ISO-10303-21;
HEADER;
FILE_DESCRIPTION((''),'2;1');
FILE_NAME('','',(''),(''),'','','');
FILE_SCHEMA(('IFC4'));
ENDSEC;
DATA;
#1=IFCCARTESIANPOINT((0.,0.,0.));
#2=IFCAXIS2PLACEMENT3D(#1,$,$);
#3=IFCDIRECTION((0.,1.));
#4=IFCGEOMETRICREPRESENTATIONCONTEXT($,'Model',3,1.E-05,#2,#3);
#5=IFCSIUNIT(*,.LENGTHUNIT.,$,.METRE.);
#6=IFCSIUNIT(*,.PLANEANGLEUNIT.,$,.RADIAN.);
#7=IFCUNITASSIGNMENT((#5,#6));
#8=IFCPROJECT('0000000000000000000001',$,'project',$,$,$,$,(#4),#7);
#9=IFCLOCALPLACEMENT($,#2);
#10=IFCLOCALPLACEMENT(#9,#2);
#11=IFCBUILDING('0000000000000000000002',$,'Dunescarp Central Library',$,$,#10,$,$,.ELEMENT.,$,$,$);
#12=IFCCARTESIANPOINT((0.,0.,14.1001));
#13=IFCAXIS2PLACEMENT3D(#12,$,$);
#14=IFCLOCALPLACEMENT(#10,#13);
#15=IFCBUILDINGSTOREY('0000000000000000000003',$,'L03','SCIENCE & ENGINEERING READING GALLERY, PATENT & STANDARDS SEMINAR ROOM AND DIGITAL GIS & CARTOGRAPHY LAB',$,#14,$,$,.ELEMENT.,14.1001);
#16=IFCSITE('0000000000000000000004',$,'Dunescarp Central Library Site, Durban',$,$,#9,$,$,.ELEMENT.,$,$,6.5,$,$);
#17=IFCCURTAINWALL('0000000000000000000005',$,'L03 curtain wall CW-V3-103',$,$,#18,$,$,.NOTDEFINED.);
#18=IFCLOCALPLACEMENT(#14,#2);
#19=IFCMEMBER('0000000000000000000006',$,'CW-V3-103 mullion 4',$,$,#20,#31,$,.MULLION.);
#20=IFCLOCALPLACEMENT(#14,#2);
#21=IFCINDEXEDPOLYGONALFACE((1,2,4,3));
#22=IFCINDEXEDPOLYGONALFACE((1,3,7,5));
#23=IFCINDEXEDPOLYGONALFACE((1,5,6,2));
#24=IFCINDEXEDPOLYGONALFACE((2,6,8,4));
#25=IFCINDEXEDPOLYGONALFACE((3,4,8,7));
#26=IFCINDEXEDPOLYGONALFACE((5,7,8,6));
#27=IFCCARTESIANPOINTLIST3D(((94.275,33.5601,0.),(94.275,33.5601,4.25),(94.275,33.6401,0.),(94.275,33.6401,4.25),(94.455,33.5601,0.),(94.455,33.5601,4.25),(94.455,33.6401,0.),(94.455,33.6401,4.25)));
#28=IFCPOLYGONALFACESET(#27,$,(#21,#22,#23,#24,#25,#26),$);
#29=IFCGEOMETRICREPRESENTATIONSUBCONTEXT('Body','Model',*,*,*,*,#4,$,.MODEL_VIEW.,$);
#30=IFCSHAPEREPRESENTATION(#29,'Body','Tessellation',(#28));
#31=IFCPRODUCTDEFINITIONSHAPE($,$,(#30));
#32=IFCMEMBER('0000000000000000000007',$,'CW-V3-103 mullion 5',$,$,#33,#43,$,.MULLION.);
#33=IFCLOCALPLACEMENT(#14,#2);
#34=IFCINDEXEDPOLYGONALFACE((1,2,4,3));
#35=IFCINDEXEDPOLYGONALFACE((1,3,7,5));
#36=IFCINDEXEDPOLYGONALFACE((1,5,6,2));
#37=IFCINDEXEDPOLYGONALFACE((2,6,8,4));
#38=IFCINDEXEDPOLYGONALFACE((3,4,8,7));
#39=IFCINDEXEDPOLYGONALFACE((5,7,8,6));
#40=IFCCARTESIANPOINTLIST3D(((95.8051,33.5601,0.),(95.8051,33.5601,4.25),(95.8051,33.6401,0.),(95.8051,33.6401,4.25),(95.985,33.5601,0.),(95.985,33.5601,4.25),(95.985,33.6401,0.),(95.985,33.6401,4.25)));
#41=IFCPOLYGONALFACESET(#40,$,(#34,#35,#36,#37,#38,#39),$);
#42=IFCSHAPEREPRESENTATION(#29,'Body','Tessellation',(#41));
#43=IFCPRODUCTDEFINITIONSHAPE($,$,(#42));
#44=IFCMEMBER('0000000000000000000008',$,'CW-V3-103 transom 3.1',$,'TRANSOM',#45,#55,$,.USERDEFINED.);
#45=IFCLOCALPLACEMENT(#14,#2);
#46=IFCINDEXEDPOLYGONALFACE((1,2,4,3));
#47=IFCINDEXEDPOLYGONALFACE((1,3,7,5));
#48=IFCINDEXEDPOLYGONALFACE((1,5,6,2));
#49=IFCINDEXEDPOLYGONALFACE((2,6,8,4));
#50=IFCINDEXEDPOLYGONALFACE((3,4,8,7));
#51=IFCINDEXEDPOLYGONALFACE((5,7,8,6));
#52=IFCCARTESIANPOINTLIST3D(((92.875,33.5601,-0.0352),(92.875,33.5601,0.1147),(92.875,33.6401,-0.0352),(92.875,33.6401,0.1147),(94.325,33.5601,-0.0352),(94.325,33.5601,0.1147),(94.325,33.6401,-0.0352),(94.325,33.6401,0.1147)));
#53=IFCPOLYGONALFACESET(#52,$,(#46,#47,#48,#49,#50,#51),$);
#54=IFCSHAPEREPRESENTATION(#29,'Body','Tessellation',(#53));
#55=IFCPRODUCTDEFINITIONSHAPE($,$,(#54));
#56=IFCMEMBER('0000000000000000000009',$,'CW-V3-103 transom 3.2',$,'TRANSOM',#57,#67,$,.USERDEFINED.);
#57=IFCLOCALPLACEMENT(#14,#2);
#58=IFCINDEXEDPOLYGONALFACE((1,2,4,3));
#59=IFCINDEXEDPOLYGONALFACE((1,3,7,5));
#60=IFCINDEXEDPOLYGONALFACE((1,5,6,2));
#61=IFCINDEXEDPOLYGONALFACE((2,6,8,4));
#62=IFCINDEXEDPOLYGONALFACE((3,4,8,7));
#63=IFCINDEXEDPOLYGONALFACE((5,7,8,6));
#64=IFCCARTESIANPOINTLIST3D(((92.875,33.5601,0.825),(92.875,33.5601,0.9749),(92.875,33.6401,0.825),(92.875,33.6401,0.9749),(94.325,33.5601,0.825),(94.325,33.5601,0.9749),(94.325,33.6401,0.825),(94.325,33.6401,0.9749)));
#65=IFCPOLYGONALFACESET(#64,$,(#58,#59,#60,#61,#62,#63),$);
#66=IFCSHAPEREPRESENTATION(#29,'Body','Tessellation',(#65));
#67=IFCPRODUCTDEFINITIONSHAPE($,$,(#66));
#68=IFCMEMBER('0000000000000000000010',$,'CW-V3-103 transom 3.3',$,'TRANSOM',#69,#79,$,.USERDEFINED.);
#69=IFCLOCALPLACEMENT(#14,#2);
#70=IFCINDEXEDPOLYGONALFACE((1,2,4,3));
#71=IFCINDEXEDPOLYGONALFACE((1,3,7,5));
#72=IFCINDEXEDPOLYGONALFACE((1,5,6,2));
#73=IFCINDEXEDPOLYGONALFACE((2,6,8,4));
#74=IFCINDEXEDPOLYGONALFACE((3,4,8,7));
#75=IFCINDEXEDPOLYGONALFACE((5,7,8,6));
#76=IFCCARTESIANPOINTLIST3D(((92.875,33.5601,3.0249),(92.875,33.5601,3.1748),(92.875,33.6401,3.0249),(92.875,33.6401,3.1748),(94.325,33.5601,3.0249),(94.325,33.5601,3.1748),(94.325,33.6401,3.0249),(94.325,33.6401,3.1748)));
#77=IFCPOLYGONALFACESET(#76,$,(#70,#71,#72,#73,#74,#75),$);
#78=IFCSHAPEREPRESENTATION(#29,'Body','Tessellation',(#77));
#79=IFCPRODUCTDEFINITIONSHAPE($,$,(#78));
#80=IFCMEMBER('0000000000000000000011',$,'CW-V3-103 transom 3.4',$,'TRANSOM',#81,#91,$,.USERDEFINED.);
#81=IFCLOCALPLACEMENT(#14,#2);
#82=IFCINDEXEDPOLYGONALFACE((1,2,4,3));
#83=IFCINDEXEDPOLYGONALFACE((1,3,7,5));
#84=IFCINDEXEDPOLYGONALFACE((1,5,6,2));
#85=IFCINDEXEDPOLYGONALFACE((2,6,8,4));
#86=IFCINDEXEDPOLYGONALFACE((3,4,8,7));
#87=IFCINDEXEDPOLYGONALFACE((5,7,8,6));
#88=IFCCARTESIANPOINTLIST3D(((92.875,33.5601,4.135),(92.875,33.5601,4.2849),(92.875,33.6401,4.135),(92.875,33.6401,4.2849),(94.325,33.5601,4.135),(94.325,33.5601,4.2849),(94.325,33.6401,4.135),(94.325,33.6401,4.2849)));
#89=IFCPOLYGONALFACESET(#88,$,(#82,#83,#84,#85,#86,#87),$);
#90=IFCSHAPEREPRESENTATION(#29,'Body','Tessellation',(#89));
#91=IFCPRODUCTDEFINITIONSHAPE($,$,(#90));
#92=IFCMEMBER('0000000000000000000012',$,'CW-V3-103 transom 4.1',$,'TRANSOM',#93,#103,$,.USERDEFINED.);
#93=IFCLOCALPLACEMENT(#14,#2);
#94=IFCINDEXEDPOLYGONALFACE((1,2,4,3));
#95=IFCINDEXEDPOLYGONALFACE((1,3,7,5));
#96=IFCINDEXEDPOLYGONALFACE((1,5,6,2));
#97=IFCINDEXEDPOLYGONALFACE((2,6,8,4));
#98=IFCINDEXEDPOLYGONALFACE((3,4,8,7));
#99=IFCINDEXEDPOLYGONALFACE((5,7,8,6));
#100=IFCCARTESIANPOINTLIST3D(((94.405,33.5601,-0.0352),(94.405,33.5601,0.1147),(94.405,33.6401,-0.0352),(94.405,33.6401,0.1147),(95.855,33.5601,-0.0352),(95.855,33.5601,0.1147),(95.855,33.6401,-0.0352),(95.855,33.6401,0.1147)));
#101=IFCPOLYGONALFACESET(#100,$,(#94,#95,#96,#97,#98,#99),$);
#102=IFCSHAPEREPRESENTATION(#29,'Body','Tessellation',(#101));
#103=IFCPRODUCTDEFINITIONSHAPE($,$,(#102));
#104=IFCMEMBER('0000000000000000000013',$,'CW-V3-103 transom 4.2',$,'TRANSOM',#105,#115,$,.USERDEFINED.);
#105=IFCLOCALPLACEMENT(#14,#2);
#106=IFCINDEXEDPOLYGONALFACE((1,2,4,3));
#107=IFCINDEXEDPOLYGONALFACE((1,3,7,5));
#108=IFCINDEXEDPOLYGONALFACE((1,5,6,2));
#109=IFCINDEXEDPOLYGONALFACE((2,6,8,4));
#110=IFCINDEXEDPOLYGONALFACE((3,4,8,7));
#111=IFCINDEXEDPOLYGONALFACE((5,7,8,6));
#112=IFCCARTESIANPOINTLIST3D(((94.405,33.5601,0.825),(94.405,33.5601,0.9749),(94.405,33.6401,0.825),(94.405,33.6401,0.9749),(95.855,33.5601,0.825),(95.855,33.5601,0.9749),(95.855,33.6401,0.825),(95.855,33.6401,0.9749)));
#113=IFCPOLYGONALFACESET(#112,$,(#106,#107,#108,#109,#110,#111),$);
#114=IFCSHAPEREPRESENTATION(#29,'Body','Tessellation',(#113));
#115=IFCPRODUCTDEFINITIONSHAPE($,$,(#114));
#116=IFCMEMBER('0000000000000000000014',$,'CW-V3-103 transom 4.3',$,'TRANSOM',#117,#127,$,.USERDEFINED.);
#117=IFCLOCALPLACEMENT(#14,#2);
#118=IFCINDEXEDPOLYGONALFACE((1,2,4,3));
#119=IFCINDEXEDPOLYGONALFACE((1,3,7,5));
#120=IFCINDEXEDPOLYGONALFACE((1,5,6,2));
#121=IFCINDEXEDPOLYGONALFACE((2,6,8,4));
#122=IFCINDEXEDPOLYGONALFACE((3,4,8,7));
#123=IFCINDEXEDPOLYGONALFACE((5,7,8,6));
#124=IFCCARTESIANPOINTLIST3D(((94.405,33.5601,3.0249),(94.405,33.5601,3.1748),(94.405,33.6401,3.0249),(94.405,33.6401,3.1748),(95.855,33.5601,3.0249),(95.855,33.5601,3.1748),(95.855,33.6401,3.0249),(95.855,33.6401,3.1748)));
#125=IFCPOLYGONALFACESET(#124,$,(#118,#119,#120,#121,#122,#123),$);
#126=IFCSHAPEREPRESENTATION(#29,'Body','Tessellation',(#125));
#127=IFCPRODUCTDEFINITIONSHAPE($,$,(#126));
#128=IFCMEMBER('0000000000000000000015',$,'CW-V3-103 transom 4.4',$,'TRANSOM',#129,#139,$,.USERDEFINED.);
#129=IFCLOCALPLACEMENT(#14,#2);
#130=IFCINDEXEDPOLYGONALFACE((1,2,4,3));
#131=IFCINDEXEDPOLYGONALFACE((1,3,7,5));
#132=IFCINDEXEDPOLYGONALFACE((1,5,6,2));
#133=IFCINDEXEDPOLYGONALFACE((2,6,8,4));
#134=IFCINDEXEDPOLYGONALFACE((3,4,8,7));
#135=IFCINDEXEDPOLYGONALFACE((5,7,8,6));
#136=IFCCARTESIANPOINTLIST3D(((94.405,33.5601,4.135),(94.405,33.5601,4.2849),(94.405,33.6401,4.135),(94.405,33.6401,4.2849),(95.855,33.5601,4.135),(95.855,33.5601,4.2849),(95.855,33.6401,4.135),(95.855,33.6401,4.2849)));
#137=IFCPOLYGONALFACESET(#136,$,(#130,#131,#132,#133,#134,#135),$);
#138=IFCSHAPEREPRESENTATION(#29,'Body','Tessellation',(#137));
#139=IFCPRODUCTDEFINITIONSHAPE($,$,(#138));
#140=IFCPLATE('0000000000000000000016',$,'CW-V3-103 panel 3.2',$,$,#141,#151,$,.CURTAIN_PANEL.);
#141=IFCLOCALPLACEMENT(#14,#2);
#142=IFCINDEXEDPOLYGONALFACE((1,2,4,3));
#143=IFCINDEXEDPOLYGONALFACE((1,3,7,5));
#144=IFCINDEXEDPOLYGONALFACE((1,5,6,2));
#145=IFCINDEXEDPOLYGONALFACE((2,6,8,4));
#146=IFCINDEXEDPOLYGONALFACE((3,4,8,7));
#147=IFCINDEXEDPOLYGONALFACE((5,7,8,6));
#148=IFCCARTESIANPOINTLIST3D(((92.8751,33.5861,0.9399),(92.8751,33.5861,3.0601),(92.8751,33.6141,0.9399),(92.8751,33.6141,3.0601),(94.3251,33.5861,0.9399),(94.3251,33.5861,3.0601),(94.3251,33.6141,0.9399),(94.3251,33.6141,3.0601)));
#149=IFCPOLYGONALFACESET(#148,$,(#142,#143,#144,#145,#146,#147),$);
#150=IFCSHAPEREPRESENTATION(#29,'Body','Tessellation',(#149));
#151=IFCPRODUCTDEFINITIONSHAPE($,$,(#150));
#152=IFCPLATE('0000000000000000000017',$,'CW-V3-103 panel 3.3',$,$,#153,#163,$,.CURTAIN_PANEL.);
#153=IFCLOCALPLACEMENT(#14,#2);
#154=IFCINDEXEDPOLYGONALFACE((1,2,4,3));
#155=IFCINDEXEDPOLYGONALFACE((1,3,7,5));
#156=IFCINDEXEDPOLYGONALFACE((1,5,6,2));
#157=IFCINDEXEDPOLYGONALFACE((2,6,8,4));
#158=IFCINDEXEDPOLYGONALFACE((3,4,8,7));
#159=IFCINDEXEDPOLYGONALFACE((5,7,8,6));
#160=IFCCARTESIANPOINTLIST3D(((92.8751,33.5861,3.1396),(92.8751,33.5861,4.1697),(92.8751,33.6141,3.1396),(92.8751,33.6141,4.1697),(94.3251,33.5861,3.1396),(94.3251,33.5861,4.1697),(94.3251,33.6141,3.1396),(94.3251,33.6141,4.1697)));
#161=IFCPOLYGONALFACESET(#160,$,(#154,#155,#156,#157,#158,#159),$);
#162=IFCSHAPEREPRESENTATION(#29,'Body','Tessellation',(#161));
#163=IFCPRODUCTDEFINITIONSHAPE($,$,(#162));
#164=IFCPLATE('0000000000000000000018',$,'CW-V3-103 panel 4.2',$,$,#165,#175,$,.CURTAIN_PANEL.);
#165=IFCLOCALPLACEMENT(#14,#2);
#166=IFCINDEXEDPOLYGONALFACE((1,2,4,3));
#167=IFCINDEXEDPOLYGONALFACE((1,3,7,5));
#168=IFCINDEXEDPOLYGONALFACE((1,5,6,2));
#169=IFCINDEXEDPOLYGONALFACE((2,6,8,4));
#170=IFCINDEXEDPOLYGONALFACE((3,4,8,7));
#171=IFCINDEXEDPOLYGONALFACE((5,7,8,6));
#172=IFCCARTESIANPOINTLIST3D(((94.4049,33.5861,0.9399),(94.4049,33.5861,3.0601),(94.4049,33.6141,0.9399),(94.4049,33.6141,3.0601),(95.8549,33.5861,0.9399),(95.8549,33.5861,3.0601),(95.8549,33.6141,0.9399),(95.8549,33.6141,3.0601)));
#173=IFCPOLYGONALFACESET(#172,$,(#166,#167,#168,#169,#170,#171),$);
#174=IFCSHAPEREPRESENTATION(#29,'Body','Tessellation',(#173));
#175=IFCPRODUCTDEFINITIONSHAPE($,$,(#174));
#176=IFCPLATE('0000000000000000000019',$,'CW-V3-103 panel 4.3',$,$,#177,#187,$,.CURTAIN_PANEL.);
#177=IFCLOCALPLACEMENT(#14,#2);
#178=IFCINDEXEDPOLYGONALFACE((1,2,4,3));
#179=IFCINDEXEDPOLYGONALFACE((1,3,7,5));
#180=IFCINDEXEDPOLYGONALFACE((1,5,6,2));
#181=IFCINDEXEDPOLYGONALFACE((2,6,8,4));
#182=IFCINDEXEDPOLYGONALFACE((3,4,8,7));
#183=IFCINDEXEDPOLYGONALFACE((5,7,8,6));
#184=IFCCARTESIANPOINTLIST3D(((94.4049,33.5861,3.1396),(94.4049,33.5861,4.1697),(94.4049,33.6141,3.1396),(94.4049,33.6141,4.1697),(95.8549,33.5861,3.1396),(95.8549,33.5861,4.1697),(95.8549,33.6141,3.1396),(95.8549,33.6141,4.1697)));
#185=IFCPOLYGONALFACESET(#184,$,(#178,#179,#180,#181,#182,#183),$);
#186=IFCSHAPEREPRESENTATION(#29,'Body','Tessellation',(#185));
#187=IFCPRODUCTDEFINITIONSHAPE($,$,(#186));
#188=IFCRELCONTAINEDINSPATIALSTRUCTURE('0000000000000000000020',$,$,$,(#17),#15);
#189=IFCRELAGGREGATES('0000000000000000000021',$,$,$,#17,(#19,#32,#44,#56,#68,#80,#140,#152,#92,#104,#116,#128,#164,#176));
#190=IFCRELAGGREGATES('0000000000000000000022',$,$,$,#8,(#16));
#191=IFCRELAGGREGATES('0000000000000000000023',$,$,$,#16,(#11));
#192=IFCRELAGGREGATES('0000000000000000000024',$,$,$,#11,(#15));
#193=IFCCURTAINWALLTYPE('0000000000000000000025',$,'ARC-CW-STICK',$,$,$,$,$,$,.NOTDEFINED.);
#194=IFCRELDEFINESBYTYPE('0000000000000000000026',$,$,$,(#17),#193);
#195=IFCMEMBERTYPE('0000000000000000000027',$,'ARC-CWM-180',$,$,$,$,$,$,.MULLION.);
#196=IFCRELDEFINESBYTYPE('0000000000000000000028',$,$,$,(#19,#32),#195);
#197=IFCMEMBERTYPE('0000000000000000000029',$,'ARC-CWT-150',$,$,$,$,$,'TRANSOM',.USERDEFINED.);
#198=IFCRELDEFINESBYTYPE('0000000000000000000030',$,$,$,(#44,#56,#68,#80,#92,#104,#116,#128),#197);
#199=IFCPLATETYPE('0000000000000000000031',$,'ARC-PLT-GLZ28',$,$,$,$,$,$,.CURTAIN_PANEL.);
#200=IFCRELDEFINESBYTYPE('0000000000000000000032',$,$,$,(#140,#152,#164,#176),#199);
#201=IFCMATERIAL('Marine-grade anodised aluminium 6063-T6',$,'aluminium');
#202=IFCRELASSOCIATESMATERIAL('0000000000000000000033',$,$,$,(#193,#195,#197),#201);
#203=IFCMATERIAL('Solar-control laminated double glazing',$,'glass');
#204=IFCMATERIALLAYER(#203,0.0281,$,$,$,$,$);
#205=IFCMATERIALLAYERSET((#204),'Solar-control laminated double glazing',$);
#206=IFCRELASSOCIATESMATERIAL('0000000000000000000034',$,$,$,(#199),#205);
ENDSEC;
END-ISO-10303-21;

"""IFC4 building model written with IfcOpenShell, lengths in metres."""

from ifc_helpers import new_model, si_unit, direction, frame, origin, origin_2d, place, context, subcontext, project, spatial, rectangle, extrude, material, layer, layer_set, material_profile, profile_set, type_object, element, aggregate, save


model = new_model("IFC4")

# Units and contexts
model_context = context("Model", 3, precision=1e-05, world=origin(), true_north=direction((0.0, 1.0)))
body_context = subcontext(model_context, "Body", "Model", "MODEL_VIEW")
ifc_project = project(units=[si_unit("LENGTHUNIT", "METRE"), si_unit("PLANEANGLEUNIT", "RADIAN")], contexts=[model_context])

# Site, building, storey
site_placement = place(None, origin())
site = spatial("IfcSite", under=ifc_project, at=site_placement, Name="Dunescarp Central Library Site, Durban", CompositionType="ELEMENT", RefElevation=6.5)
building_placement = place(site_placement, origin())
building = spatial("IfcBuilding", under=site, at=building_placement, Name="Dunescarp Central Library", CompositionType="ELEMENT")
storey_placement = place(building_placement, frame((0.0, 0.0, 14.1001)))
storey = spatial("IfcBuildingStorey", under=building, at=storey_placement, Name="L03", Description="SCIENCE & ENGINEERING READING GALLERY, PATENT & STANDARDS SEMINAR ROOM AND DIGITAL GIS & CARTOGRAPHY LAB", CompositionType="ELEMENT", Elevation=14.1001)

# Curtain wall, members, plates
ifc_material_1 = material(Name="Marine-grade anodised aluminium 6063-T6", Category="aluminium")
curtain_wall_type = type_object("IfcCurtainWallType", Name="ARC-CW-STICK", PredefinedType="NOTDEFINED", material=ifc_material_1)
curtain_wall_placement = place(storey_placement, origin())
curtain_wall = element("IfcCurtainWall", 1, at=curtain_wall_placement, inside=storey, type_object=curtain_wall_type, Name="L03 curtain wall CW-V3-103", PredefinedType="NOTDEFINED")
ifc_material_profile_1 = material_profile(ifc_material_1, rectangle(XDim=0.0801, YDim=0.1799, at=origin_2d()), Name="AL 80x180")
ifc_profile_set_1 = profile_set([ifc_material_profile_1], Name="Marine-grade anodised aluminium 6063-T6")
member_type_1 = type_object("IfcMemberType", Name="ARC-CWM-180", PredefinedType="MULLION", material=ifc_profile_set_1)
member_1_placement = place(storey_placement, frame((94.365, 33.6001, 0.0), z_axis=(0.0, 0.0, 1.0), x_axis=(0.0, 1.0, 0.0)))
member_1 = element("IfcMember", 2, at=member_1_placement, type_object=member_type_1, Name="CW-V3-103 mullion 4", PredefinedType="MULLION", context=body_context, shape_type="SweptSolid", body=[
    extrude(rectangle(XDim=0.0801, YDim=0.1799, at=origin_2d()), origin(), (0.0, 0.0, 1.0), 4.25),
])
member_2_placement = place(storey_placement, frame((95.895, 33.6001, 0.0), z_axis=(0.0, 0.0, 1.0), x_axis=(0.0, 1.0, 0.0)))
member_2 = element("IfcMember", 3, at=member_2_placement, type_object=member_type_1, Name="CW-V3-103 mullion 5", PredefinedType="MULLION", context=body_context, shape_type="SweptSolid", body=[
    extrude(rectangle(XDim=0.0801, YDim=0.1799, at=origin_2d()), origin(), (0.0, 0.0, 1.0), 4.25),
])
ifc_material_profile_2 = material_profile(ifc_material_1, rectangle(XDim=0.0801, YDim=0.1499, at=origin_2d()), Name="AL 80x150")
ifc_profile_set_2 = profile_set([ifc_material_profile_2], Name="Marine-grade anodised aluminium 6063-T6")
member_type_2 = type_object("IfcMemberType", Name="ARC-CWT-150", ElementType="TRANSOM", PredefinedType="USERDEFINED", material=ifc_profile_set_2)
member_3_placement = place(storey_placement, frame((92.875, 33.6001, 0.0398), z_axis=(1.0, 0.0, 0.0), x_axis=(0.0, 1.0, 0.0)))
member_3 = element("IfcMember", 4, at=member_3_placement, type_object=member_type_2, Name="CW-V3-103 transom 3.1", ObjectType="TRANSOM", PredefinedType="USERDEFINED", context=body_context, shape_type="SweptSolid", body=[
    extrude(rectangle(XDim=0.0801, YDim=0.1499, at=origin_2d()), origin(), (0.0, 0.0, 1.0), 1.45),
])
member_4_placement = place(storey_placement, frame((92.875, 33.6001, 0.8999), z_axis=(1.0, 0.0, 0.0), x_axis=(0.0, 1.0, 0.0)))
member_4 = element("IfcMember", 5, at=member_4_placement, type_object=member_type_2, Name="CW-V3-103 transom 3.2", ObjectType="TRANSOM", PredefinedType="USERDEFINED", context=body_context, shape_type="SweptSolid", body=[
    extrude(rectangle(XDim=0.0801, YDim=0.1499, at=origin_2d()), origin(), (0.0, 0.0, 1.0), 1.45),
])
member_5_placement = place(storey_placement, frame((92.875, 33.6001, 3.0999), z_axis=(1.0, 0.0, 0.0), x_axis=(0.0, 1.0, 0.0)))
member_5 = element("IfcMember", 6, at=member_5_placement, type_object=member_type_2, Name="CW-V3-103 transom 3.3", ObjectType="TRANSOM", PredefinedType="USERDEFINED", context=body_context, shape_type="SweptSolid", body=[
    extrude(rectangle(XDim=0.0801, YDim=0.1499, at=origin_2d()), origin(), (0.0, 0.0, 1.0), 1.45),
])
member_6_placement = place(storey_placement, frame((92.875, 33.6001, 4.21), z_axis=(1.0, 0.0, 0.0), x_axis=(0.0, 1.0, 0.0)))
member_6 = element("IfcMember", 7, at=member_6_placement, type_object=member_type_2, Name="CW-V3-103 transom 3.4", ObjectType="TRANSOM", PredefinedType="USERDEFINED", context=body_context, shape_type="SweptSolid", body=[
    extrude(rectangle(XDim=0.0801, YDim=0.1499, at=origin_2d()), origin(), (0.0, 0.0, 1.0), 1.45),
])
member_7_placement = place(storey_placement, frame((94.405, 33.6001, 0.0398), z_axis=(1.0, 0.0, 0.0), x_axis=(0.0, 1.0, 0.0)))
member_7 = element("IfcMember", 8, at=member_7_placement, type_object=member_type_2, Name="CW-V3-103 transom 4.1", ObjectType="TRANSOM", PredefinedType="USERDEFINED", context=body_context, shape_type="SweptSolid", body=[
    extrude(rectangle(XDim=0.0801, YDim=0.1499, at=origin_2d()), origin(), (0.0, 0.0, 1.0), 1.45),
])
member_8_placement = place(storey_placement, frame((94.405, 33.6001, 0.8999), z_axis=(1.0, 0.0, 0.0), x_axis=(0.0, 1.0, 0.0)))
member_8 = element("IfcMember", 9, at=member_8_placement, type_object=member_type_2, Name="CW-V3-103 transom 4.2", ObjectType="TRANSOM", PredefinedType="USERDEFINED", context=body_context, shape_type="SweptSolid", body=[
    extrude(rectangle(XDim=0.0801, YDim=0.1499, at=origin_2d()), origin(), (0.0, 0.0, 1.0), 1.45),
])
member_9_placement = place(storey_placement, frame((94.405, 33.6001, 3.0999), z_axis=(1.0, 0.0, 0.0), x_axis=(0.0, 1.0, 0.0)))
member_9 = element("IfcMember", 10, at=member_9_placement, type_object=member_type_2, Name="CW-V3-103 transom 4.3", ObjectType="TRANSOM", PredefinedType="USERDEFINED", context=body_context, shape_type="SweptSolid", body=[
    extrude(rectangle(XDim=0.0801, YDim=0.1499, at=origin_2d()), origin(), (0.0, 0.0, 1.0), 1.45),
])
member_10_placement = place(storey_placement, frame((94.405, 33.6001, 4.21), z_axis=(1.0, 0.0, 0.0), x_axis=(0.0, 1.0, 0.0)))
member_10 = element("IfcMember", 11, at=member_10_placement, type_object=member_type_2, Name="CW-V3-103 transom 4.4", ObjectType="TRANSOM", PredefinedType="USERDEFINED", context=body_context, shape_type="SweptSolid", body=[
    extrude(rectangle(XDim=0.0801, YDim=0.1499, at=origin_2d()), origin(), (0.0, 0.0, 1.0), 1.45),
])
ifc_material_2 = material(Name="Solar-control laminated double glazing", Category="glass")
ifc_layer_1 = layer(ifc_material_2, 0.0281)
ifc_layer_set_1 = layer_set([ifc_layer_1], Name="Solar-control laminated double glazing")
plate_type_1 = type_object("IfcPlateType", Name="ARC-PLT-GLZ28", PredefinedType="CURTAIN_PANEL", material=ifc_layer_set_1)
plate_1_placement = place(storey_placement, frame((93.6001, 33.6001, 0.9399), z_axis=(0.0, 0.0, 1.0), x_axis=(1.0, 0.0, 0.0)))
plate_1 = element("IfcPlate", 12, at=plate_1_placement, type_object=plate_type_1, Name="CW-V3-103 panel 3.2", PredefinedType="CURTAIN_PANEL", context=body_context, shape_type="SweptSolid", body=[
    extrude(rectangle(XDim=1.45, YDim=0.0281, at=origin_2d()), origin(), (0.0, 0.0, 1.0), 2.1201),
])
plate_2_placement = place(storey_placement, frame((93.6001, 33.6001, 3.1396), z_axis=(0.0, 0.0, 1.0), x_axis=(1.0, 0.0, 0.0)))
plate_2 = element("IfcPlate", 13, at=plate_2_placement, type_object=plate_type_1, Name="CW-V3-103 panel 3.3", PredefinedType="CURTAIN_PANEL", context=body_context, shape_type="SweptSolid", body=[
    extrude(rectangle(XDim=1.45, YDim=0.0281, at=origin_2d()), origin(), (0.0, 0.0, 1.0), 1.03),
])
plate_3_placement = place(storey_placement, frame((95.1299, 33.6001, 0.9399), z_axis=(0.0, 0.0, 1.0), x_axis=(1.0, 0.0, 0.0)))
plate_3 = element("IfcPlate", 14, at=plate_3_placement, type_object=plate_type_1, Name="CW-V3-103 panel 4.2", PredefinedType="CURTAIN_PANEL", context=body_context, shape_type="SweptSolid", body=[
    extrude(rectangle(XDim=1.45, YDim=0.0281, at=origin_2d()), origin(), (0.0, 0.0, 1.0), 2.1201),
])
plate_4_placement = place(storey_placement, frame((95.1299, 33.6001, 3.1396), z_axis=(0.0, 0.0, 1.0), x_axis=(1.0, 0.0, 0.0)))
plate_4 = element("IfcPlate", 15, at=plate_4_placement, type_object=plate_type_1, Name="CW-V3-103 panel 4.3", PredefinedType="CURTAIN_PANEL", context=body_context, shape_type="SweptSolid", body=[
    extrude(rectangle(XDim=1.45, YDim=0.0281, at=origin_2d()), origin(), (0.0, 0.0, 1.0), 1.03),
])
aggregate(curtain_wall, [member_1, member_2, member_3, member_4, member_5, member_6, plate_1, plate_2, member_7, member_8, member_9, member_10, plate_3, plate_4])

save(model, "model.ifc")
